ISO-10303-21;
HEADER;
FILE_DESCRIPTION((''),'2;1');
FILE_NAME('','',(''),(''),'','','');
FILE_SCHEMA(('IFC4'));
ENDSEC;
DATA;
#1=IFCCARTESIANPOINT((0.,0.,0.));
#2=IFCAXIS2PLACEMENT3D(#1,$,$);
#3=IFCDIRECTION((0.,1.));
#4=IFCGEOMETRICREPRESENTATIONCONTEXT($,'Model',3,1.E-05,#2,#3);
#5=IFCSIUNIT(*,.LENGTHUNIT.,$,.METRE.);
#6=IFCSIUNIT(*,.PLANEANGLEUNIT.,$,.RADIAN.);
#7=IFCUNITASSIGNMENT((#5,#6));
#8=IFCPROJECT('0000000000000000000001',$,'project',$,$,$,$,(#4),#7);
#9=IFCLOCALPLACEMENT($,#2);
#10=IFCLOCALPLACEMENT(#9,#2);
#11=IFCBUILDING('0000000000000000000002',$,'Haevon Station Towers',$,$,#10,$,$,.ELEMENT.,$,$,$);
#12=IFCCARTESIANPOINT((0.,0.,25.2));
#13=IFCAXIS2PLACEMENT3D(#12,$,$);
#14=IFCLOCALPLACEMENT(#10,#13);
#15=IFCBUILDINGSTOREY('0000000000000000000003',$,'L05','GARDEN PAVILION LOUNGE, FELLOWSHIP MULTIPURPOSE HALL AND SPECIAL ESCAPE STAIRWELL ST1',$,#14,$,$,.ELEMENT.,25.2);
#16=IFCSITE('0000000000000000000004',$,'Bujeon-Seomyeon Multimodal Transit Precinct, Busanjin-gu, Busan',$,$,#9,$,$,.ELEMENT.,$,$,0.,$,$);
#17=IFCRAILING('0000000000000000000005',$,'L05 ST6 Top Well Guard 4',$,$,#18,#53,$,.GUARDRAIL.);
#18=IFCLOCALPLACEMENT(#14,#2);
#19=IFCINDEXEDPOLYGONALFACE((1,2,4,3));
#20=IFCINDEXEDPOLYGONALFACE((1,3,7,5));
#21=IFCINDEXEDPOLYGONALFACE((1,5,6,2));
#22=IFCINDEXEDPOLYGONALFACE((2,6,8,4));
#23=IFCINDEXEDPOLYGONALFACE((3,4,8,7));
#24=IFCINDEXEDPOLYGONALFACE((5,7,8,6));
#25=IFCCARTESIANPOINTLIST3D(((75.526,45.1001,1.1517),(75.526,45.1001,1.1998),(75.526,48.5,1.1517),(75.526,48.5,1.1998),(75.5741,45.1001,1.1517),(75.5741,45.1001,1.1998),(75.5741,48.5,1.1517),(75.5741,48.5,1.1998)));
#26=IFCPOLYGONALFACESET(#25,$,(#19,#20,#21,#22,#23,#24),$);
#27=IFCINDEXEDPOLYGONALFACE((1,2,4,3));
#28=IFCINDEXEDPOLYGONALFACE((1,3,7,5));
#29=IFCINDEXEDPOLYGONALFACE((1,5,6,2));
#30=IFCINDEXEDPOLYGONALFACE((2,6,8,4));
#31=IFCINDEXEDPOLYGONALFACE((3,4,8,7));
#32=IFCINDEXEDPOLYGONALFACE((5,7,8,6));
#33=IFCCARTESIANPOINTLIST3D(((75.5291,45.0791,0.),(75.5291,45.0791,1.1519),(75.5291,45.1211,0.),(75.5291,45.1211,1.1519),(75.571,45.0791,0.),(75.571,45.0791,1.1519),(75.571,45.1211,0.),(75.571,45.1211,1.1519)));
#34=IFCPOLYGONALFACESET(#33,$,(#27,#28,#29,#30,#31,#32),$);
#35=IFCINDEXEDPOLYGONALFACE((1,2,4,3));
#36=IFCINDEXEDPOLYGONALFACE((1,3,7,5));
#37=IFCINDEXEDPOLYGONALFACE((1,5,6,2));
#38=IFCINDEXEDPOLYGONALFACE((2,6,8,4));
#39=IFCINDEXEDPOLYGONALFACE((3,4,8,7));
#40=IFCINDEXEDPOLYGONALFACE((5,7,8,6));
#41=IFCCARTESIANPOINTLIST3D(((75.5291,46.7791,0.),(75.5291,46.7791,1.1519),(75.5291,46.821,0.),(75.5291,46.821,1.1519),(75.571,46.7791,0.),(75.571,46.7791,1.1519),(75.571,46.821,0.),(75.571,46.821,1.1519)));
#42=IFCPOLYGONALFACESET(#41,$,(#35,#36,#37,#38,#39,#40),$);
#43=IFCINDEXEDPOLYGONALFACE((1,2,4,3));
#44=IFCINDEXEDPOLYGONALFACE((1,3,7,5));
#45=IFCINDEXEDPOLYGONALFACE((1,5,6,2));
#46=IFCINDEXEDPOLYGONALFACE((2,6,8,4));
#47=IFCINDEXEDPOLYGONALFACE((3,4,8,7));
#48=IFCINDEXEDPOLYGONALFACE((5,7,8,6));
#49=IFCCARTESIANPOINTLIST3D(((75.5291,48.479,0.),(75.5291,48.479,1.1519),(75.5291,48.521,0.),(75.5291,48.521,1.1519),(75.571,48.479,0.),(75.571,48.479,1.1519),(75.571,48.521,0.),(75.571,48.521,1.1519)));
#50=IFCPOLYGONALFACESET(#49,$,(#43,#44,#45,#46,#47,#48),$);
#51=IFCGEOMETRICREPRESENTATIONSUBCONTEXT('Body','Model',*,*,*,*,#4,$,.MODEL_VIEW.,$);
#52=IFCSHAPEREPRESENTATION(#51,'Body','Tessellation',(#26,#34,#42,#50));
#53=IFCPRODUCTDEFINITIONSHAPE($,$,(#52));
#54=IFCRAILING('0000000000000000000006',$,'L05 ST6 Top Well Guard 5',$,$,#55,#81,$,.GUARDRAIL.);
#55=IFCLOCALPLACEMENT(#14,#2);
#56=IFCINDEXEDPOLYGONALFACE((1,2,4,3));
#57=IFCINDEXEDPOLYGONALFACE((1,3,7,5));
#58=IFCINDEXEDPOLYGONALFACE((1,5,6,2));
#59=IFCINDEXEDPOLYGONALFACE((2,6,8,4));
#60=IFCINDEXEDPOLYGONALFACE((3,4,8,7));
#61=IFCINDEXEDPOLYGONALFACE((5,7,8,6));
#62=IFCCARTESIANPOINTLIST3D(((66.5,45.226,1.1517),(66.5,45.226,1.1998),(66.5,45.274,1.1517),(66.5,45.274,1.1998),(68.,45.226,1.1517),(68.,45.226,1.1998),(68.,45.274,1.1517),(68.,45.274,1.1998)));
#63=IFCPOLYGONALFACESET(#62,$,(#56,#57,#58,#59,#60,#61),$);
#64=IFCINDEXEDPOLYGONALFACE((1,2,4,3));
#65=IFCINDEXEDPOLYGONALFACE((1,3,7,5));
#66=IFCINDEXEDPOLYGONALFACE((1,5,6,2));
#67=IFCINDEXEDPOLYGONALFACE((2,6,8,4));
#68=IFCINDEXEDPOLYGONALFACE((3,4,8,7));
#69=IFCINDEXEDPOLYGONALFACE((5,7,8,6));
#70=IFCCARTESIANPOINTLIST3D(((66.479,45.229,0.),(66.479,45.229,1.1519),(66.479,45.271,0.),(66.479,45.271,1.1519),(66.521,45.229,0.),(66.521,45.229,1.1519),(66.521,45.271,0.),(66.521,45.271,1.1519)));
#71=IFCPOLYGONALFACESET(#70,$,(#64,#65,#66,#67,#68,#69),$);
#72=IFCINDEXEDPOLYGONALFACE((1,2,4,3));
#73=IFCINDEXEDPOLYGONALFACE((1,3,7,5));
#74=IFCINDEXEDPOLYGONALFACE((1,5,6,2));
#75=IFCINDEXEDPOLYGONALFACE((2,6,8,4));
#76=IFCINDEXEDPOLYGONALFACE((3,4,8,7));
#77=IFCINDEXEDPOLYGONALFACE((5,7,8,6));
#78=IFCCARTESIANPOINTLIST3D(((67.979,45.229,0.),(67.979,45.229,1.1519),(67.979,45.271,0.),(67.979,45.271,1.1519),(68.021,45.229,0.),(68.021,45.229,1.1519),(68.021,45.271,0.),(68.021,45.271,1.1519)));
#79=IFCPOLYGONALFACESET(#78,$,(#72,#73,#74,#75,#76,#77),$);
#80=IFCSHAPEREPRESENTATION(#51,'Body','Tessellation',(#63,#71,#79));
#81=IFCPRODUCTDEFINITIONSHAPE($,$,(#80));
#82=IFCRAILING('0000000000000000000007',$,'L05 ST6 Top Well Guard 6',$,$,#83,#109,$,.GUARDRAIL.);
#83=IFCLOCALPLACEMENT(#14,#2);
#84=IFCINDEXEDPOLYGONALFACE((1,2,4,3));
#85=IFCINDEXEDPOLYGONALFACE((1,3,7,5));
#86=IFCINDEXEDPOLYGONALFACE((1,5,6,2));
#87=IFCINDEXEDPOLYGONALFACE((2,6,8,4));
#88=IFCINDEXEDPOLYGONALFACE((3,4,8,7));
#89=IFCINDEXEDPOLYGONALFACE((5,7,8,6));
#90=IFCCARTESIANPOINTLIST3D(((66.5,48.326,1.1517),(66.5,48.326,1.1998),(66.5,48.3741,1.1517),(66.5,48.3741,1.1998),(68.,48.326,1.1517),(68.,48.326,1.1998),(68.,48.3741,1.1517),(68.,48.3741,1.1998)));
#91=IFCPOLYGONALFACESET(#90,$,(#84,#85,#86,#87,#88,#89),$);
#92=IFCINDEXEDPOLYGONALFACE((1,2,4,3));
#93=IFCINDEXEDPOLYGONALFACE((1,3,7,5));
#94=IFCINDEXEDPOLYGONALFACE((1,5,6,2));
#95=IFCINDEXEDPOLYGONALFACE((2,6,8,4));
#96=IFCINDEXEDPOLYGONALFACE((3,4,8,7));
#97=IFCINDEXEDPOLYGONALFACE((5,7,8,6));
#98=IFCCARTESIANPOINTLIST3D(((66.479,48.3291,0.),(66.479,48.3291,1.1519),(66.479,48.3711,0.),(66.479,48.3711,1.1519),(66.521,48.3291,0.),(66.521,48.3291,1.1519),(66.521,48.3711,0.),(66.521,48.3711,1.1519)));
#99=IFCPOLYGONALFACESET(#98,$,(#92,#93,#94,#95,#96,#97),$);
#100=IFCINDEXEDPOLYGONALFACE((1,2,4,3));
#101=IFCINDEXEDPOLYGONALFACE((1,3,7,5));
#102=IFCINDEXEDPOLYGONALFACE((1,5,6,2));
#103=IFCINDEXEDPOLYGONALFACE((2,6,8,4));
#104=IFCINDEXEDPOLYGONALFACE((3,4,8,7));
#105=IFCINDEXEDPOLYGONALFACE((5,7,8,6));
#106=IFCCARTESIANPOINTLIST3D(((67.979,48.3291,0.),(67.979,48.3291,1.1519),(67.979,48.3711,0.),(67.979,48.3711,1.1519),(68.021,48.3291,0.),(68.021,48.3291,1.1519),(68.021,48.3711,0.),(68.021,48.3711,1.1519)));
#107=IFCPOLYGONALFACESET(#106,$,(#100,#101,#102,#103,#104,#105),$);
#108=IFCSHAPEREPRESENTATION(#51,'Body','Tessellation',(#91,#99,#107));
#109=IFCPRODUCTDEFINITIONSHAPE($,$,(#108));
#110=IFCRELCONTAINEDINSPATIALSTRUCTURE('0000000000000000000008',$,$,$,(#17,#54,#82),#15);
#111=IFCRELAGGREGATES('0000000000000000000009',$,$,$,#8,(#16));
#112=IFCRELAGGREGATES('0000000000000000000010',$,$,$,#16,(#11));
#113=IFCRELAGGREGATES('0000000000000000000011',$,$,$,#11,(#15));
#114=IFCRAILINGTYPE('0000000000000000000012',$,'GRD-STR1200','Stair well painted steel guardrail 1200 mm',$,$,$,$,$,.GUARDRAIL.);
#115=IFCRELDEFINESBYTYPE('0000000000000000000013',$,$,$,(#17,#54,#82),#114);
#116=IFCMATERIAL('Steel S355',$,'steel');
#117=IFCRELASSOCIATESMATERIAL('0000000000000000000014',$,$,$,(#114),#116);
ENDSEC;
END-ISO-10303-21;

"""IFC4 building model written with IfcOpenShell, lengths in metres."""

from ifc_helpers import new_model, si_unit, direction, frame, origin, origin_2d, place, context, subcontext, project, spatial, rectangle, extrude, material, type_object, element, save


model = new_model("IFC4")

# Units and contexts
model_context = context("Model", 3, precision=1e-05, world=origin(), true_north=direction((0.0, 1.0)))
body_context = subcontext(model_context, "Body", "Model", "MODEL_VIEW")
ifc_project = project(units=[si_unit("LENGTHUNIT", "METRE"), si_unit("PLANEANGLEUNIT", "RADIAN")], contexts=[model_context])

# Site, building, storey
site_placement = place(None, origin())
site = spatial("IfcSite", under=ifc_project, at=site_placement, Name="Bujeon-Seomyeon Multimodal Transit Precinct, Busanjin-gu, Busan", CompositionType="ELEMENT", RefElevation=0.0)
building_placement = place(site_placement, origin())
building = spatial("IfcBuilding", under=site, at=building_placement, Name="Haevon Station Towers", CompositionType="ELEMENT")
storey_placement = place(building_placement, frame((0.0, 0.0, 25.2)))
storey = spatial("IfcBuildingStorey", under=building, at=storey_placement, Name="L05", Description="GARDEN PAVILION LOUNGE, FELLOWSHIP MULTIPURPOSE HALL AND SPECIAL ESCAPE STAIRWELL ST1", CompositionType="ELEMENT", Elevation=25.2)

# Railings
ifc_material_1 = material(Name="Steel S355", Category="steel")
railing_type_1 = type_object("IfcRailingType", Name="GRD-STR1200", Description="Stair well painted steel guardrail 1200 mm", PredefinedType="GUARDRAIL", material=ifc_material_1)
railing_1_placement = place(storey_placement, frame((75.55, 45.1001, 0.0)))
element("IfcRailing", 1, at=railing_1_placement, inside=storey, type_object=railing_type_1, Name="L05 ST6 Top Well Guard 4", PredefinedType="GUARDRAIL", context=body_context, shape_type="SweptSolid", body=[
    extrude(rectangle(XDim=0.0481, YDim=0.0481, at=origin_2d()), frame((0.0, 0.0, 1.1758), z_axis=(0.0, 1.0, 0.0), x_axis=(-1.0, 0.0, 0.0)), (0.0, 0.0, 1.0), 3.3999),
    extrude(rectangle(XDim=0.042, YDim=0.042, at=origin_2d()), origin(), (0.0, 0.0, 1.0), 1.1519),
    extrude(rectangle(XDim=0.042, YDim=0.042, at=origin_2d()), frame((0.0, 1.7, 0.0)), (0.0, 0.0, 1.0), 1.1519),
    extrude(rectangle(XDim=0.042, YDim=0.042, at=origin_2d()), frame((0.0, 3.3999, 0.0)), (0.0, 0.0, 1.0), 1.1519),
])
for number, where, name in (
    (2, (66.5, 45.25, 0.0), "L05 ST6 Top Well Guard 5"),
    (3, (66.5, 48.3501, 0.0), "L05 ST6 Top Well Guard 6"),
):
    element("IfcRailing", number, at=place(storey_placement, frame(where)), inside=storey, type_object=railing_type_1, Name=name, PredefinedType="GUARDRAIL", context=body_context, shape_type="SweptSolid", body=[
        extrude(rectangle(XDim=0.0481, YDim=0.0481, at=origin_2d()), frame((0.0, 0.0, 1.1758), z_axis=(1.0, 0.0, 0.0), x_axis=(0.0, 1.0, 0.0)), (0.0, 0.0, 1.0), 1.5),
        extrude(rectangle(XDim=0.042, YDim=0.042, at=origin_2d()), origin(), (0.0, 0.0, 1.0), 1.1519),
        extrude(rectangle(XDim=0.042, YDim=0.042, at=origin_2d()), frame((1.5, 0.0, 0.0)), (0.0, 0.0, 1.0), 1.1519),
    ])

save(model, "model.ifc")
